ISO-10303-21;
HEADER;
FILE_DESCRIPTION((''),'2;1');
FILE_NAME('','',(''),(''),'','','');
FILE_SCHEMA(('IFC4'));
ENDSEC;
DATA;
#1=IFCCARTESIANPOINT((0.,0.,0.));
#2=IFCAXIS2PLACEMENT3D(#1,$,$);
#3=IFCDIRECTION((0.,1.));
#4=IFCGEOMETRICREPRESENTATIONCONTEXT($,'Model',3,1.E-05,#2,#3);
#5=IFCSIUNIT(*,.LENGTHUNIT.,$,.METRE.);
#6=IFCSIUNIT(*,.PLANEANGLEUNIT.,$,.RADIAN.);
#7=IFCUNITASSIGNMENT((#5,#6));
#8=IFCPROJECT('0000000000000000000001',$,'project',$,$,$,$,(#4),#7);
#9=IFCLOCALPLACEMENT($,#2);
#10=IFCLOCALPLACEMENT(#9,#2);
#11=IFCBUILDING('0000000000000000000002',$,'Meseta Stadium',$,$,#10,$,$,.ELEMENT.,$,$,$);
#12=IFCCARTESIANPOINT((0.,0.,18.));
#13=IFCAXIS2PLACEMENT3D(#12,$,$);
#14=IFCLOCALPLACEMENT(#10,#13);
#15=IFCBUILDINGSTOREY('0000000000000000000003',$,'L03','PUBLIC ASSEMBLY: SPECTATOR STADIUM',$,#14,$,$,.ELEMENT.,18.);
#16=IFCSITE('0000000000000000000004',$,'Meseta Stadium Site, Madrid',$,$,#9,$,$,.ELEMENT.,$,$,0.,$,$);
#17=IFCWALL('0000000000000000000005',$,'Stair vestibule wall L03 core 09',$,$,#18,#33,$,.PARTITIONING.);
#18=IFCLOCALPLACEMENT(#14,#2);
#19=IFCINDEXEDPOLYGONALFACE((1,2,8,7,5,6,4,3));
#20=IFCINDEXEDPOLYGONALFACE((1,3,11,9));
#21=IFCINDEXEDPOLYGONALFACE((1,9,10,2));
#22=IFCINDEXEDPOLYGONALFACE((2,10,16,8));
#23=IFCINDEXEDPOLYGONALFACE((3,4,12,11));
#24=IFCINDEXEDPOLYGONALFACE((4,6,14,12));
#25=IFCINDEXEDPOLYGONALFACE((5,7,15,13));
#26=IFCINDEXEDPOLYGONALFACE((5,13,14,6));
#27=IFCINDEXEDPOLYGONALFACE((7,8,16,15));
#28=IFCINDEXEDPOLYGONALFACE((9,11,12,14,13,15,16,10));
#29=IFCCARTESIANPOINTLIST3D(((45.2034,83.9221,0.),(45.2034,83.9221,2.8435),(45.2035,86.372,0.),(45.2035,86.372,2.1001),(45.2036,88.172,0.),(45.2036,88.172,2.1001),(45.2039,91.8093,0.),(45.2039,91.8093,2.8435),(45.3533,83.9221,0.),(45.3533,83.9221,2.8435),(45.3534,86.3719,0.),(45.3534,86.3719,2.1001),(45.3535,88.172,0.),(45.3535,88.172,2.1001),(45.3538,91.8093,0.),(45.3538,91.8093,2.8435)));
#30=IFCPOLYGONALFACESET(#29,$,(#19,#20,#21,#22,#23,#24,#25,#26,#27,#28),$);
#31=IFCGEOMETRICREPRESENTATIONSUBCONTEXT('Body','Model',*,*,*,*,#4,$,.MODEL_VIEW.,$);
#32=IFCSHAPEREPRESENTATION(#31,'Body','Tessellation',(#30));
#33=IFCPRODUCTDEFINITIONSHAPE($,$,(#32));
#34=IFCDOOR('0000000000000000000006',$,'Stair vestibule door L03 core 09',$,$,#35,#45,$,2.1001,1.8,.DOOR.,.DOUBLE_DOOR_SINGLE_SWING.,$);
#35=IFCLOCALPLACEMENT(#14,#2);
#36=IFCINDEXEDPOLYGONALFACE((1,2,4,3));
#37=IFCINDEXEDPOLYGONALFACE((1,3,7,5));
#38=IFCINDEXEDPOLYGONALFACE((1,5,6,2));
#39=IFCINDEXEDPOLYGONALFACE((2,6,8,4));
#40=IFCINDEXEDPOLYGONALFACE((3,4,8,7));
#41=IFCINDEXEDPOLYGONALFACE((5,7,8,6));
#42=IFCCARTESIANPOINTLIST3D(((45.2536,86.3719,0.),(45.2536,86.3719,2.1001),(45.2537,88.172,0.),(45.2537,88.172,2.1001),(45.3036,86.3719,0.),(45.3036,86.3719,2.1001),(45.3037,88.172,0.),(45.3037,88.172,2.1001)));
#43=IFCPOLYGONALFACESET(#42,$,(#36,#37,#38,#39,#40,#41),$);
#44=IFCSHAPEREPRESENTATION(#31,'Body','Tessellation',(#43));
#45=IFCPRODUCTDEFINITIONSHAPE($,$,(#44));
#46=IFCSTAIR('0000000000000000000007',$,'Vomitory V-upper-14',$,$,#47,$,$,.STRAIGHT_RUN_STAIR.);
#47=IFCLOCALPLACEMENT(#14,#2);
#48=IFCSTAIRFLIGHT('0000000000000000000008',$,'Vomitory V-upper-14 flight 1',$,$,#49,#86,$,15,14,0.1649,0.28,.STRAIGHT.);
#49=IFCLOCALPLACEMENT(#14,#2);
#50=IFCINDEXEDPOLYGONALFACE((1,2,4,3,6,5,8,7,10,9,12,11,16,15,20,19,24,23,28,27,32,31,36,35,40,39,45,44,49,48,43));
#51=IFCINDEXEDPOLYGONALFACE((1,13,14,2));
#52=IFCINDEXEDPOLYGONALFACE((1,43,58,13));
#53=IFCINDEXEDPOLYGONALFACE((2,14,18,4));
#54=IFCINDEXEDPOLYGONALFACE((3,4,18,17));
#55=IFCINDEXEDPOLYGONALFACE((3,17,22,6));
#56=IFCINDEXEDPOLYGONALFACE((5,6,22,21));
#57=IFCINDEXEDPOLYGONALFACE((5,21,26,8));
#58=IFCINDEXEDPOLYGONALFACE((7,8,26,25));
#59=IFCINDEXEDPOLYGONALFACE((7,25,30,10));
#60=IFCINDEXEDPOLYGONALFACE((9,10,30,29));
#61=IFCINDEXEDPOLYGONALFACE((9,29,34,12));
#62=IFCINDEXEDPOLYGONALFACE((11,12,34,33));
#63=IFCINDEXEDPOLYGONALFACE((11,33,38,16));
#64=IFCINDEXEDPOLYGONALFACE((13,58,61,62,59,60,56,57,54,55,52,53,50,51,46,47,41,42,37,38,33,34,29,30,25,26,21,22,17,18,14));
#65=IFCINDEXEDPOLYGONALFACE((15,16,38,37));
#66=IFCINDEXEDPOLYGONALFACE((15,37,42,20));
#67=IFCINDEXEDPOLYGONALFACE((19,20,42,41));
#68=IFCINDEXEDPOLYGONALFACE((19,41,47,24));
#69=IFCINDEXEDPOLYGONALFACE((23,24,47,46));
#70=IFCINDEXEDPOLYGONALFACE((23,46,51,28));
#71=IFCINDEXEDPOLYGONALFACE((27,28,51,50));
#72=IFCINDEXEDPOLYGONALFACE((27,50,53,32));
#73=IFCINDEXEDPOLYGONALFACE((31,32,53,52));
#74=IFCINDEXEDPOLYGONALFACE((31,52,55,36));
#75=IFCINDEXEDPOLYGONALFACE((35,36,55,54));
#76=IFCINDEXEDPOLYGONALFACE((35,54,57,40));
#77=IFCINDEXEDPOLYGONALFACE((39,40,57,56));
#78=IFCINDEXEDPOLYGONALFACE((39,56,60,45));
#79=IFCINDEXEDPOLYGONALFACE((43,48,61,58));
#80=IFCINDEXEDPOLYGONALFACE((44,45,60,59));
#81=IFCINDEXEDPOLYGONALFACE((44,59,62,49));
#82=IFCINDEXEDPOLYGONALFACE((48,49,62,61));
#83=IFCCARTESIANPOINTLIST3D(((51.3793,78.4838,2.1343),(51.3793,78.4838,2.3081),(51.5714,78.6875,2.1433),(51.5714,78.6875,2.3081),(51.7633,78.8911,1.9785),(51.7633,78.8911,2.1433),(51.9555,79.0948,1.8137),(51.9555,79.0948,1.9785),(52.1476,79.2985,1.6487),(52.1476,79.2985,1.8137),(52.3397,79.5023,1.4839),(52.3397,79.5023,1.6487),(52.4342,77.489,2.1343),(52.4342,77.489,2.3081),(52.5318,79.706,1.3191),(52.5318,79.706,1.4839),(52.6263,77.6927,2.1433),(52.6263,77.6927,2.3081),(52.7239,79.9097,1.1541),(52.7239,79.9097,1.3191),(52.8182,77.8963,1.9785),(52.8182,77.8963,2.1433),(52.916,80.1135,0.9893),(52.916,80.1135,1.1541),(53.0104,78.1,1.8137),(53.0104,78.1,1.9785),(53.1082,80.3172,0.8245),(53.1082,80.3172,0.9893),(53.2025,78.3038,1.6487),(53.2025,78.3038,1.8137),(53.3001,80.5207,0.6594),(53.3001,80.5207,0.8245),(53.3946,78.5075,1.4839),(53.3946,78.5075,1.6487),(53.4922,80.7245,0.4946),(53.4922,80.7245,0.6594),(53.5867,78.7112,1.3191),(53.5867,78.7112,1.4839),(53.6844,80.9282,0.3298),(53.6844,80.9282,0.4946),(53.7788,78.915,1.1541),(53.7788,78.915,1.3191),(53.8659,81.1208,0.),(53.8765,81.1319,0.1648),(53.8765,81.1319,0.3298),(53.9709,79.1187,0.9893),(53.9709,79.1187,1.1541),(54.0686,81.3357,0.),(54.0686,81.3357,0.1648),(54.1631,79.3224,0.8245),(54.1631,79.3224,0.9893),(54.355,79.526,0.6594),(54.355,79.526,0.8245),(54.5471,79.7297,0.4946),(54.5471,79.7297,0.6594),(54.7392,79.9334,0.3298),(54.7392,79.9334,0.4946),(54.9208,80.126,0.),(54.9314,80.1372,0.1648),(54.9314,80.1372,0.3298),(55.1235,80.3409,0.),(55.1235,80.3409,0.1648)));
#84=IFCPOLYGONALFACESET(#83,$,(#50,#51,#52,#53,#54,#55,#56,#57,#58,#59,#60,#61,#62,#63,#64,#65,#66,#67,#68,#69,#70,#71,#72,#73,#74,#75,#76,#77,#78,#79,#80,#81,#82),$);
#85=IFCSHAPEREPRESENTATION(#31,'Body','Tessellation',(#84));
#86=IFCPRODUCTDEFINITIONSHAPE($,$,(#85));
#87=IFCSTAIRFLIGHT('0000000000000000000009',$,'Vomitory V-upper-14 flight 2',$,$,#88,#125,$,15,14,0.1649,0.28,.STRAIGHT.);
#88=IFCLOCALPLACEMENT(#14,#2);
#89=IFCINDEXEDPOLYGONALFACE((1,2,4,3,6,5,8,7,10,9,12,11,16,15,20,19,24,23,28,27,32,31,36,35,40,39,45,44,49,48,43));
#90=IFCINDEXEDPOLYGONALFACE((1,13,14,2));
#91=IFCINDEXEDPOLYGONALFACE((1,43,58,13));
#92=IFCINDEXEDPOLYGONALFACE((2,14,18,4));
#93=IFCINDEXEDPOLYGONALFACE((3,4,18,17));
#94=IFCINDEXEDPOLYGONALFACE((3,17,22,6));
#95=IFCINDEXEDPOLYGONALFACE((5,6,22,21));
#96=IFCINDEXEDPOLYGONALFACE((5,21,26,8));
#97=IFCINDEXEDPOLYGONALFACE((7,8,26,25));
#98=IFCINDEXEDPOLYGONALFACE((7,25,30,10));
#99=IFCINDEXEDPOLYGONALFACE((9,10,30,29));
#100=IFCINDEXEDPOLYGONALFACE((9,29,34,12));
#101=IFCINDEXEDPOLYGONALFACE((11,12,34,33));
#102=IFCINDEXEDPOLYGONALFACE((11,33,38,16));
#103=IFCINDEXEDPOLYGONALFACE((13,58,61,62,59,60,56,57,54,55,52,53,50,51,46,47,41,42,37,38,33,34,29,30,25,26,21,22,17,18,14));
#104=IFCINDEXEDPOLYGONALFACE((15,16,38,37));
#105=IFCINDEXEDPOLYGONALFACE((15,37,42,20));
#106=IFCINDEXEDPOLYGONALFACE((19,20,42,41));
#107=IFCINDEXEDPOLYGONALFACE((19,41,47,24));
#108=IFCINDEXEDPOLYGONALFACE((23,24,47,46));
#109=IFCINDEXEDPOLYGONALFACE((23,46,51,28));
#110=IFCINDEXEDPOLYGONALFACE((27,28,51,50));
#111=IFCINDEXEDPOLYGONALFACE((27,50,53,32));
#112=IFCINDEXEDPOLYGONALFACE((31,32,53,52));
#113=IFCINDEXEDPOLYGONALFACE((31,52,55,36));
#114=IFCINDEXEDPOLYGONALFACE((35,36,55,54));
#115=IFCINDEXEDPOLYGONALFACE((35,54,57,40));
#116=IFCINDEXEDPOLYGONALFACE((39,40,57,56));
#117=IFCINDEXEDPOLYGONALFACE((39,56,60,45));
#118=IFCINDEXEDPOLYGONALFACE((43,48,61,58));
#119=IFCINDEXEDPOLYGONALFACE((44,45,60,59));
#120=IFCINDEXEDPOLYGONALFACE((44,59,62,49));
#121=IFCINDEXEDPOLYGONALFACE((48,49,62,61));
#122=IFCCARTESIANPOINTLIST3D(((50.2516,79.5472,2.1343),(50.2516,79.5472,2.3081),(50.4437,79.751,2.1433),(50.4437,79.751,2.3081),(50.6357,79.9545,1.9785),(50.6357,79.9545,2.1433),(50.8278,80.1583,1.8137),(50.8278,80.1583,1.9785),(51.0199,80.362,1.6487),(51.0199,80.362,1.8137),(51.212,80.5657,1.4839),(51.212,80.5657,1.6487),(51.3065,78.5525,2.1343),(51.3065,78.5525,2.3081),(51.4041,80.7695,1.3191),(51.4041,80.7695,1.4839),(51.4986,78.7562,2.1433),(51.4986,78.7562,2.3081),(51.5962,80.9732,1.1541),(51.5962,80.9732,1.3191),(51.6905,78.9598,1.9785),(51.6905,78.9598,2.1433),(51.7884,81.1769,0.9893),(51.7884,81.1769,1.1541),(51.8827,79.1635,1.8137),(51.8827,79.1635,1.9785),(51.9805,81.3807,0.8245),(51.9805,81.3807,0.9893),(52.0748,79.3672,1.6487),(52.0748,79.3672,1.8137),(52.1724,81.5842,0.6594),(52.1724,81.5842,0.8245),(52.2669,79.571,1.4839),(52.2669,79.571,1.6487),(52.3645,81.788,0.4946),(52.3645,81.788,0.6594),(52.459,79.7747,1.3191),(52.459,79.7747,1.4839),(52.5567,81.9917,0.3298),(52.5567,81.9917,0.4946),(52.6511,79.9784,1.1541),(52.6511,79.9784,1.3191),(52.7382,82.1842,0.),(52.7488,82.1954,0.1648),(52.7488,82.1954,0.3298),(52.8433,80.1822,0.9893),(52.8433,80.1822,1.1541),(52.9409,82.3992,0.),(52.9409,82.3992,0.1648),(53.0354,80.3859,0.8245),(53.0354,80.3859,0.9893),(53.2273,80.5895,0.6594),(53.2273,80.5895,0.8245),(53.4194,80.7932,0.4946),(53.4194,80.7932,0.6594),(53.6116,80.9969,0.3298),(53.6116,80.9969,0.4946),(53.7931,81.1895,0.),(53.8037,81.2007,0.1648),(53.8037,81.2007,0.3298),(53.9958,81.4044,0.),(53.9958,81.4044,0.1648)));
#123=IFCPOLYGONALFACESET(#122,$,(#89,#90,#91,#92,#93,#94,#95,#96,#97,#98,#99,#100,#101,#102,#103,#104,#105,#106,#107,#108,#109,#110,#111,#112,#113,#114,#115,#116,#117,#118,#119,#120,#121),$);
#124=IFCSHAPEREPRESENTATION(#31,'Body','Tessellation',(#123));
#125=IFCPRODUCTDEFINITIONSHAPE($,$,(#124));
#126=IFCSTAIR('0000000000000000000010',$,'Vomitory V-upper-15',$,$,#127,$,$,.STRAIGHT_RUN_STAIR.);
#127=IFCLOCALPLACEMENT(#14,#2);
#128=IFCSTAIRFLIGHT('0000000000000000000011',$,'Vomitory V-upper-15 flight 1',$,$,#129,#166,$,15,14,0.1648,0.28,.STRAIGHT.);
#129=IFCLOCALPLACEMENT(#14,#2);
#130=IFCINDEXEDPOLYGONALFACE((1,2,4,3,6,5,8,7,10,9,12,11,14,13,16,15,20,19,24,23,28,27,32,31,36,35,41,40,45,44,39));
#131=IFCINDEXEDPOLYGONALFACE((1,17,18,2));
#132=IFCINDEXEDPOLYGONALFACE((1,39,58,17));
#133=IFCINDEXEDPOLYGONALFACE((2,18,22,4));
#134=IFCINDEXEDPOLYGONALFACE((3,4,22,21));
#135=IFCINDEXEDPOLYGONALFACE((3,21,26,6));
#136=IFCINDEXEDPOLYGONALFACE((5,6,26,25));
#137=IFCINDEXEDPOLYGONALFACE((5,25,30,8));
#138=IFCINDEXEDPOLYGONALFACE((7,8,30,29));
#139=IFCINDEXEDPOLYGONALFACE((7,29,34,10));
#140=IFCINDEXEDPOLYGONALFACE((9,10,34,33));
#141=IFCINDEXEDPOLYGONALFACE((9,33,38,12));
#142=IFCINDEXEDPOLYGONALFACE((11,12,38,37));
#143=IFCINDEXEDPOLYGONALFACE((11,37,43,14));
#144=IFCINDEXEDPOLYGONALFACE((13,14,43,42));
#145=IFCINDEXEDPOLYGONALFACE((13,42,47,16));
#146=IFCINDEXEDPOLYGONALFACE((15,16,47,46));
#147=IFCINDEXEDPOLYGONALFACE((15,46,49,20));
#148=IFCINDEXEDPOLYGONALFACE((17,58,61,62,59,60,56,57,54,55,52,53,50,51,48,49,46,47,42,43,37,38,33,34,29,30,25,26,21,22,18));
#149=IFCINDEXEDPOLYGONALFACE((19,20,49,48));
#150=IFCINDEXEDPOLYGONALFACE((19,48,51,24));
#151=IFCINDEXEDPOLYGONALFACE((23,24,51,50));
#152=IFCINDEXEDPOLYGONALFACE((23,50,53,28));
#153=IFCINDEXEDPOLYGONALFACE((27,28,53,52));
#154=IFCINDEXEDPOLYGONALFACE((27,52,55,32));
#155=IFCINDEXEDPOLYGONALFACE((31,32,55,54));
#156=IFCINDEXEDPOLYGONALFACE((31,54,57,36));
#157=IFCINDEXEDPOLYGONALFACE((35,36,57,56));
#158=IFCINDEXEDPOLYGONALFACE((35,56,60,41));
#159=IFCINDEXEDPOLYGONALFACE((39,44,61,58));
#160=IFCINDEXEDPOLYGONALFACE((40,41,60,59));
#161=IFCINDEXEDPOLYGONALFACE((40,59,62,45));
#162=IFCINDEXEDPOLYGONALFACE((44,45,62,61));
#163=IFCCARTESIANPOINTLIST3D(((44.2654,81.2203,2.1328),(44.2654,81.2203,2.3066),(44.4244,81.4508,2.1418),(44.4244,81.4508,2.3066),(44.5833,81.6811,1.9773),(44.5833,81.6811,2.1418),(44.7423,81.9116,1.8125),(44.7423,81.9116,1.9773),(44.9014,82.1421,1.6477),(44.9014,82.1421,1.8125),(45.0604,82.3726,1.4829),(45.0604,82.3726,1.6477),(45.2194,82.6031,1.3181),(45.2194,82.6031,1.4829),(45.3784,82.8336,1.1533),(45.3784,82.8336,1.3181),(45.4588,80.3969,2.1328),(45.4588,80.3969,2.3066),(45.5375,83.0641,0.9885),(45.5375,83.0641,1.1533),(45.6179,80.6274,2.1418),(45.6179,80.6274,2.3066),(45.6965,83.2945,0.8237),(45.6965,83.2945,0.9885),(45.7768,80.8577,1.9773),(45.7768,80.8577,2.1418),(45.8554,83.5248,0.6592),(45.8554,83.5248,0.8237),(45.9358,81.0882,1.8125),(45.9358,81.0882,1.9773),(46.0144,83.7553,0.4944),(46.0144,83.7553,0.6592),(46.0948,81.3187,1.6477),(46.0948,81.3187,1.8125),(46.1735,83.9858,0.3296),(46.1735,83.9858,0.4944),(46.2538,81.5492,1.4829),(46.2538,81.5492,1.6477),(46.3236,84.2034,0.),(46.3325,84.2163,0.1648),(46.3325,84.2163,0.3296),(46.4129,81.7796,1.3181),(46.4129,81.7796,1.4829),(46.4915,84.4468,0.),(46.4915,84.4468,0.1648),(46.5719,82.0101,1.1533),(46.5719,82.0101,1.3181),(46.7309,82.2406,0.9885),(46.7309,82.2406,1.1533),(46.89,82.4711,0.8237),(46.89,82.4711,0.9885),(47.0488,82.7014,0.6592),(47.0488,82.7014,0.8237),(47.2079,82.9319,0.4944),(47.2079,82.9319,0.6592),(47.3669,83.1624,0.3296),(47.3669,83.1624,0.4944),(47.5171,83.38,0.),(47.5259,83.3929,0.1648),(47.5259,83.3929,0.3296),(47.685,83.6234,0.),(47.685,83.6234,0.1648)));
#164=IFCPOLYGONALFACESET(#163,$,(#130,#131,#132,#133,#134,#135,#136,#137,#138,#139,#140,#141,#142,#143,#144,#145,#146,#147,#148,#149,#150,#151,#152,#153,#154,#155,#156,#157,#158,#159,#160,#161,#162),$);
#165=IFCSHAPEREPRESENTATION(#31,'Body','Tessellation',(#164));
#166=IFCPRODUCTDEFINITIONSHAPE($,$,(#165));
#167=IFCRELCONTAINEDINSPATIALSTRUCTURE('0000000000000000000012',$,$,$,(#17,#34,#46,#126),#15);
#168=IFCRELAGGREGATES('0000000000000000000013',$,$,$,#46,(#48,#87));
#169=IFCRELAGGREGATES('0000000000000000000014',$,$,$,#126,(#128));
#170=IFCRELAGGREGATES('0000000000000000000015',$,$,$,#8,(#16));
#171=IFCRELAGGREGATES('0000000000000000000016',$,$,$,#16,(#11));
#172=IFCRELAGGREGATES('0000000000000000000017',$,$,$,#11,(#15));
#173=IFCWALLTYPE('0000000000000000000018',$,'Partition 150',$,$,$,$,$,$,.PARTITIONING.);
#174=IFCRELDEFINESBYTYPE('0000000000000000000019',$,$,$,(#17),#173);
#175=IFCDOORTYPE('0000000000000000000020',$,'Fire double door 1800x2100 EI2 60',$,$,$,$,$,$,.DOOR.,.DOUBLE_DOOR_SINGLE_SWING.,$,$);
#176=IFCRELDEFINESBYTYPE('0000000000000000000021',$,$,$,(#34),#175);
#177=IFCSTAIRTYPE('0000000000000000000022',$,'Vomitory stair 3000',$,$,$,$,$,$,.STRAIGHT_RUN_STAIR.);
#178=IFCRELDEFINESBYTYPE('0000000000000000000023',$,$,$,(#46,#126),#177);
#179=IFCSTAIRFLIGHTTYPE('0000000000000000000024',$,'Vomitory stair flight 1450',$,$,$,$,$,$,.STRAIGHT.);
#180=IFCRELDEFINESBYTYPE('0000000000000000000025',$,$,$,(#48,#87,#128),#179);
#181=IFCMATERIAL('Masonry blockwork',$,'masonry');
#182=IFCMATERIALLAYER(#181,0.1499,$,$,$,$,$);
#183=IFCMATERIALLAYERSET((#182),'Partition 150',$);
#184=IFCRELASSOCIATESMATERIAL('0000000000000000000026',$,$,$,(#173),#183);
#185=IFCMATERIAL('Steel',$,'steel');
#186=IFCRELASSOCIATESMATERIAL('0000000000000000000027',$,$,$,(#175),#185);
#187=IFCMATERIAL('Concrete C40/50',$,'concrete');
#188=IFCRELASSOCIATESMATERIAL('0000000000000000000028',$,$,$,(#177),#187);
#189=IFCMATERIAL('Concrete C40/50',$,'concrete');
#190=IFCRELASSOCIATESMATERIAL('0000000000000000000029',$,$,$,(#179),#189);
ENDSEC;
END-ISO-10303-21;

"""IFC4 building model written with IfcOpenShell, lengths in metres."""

from ifc_helpers import new_model, si_unit, direction, frame, frame_2d, origin, place, context, subcontext, project, spatial, polyline, rectangle, outline, extrude, material, layer, layer_set, type_object, element, fill, aggregate, save


model = new_model("IFC4")

# Units and contexts
model_context = context("Model", 3, precision=1e-05, world=origin(), true_north=direction((0.0, 1.0)))
body_context = subcontext(model_context, "Body", "Model", "MODEL_VIEW")
ifc_project = project(units=[si_unit("LENGTHUNIT", "METRE"), si_unit("PLANEANGLEUNIT", "RADIAN")], contexts=[model_context])

# Site, building, storey
site_placement = place(None, origin())
site = spatial("IfcSite", under=ifc_project, at=site_placement, Name="Meseta Stadium Site, Madrid", CompositionType="ELEMENT", RefElevation=0.0)
building_placement = place(site_placement, origin())
building = spatial("IfcBuilding", under=site, at=building_placement, Name="Meseta Stadium", CompositionType="ELEMENT")
storey_placement = place(building_placement, frame((0.0, 0.0, 18.0)))
storey = spatial("IfcBuildingStorey", under=building, at=storey_placement, Name="L03", Description="PUBLIC ASSEMBLY: SPECTATOR STADIUM", CompositionType="ELEMENT", Elevation=18.0)

# Shared definitions
ifc_material_1 = material(Name="Masonry blockwork", Category="masonry")
ifc_layer_1 = layer(ifc_material_1, 0.1499)
ifc_layer_set_1 = layer_set([ifc_layer_1], Name="Partition 150")
wall_type = type_object("IfcWallType", Name="Partition 150", PredefinedType="PARTITIONING", material=ifc_layer_set_1)
ifc_material_2 = material(Name="Steel", Category="steel")
door_type = type_object("IfcDoorType", Name="Fire double door 1800x2100 EI2 60", OperationType="DOUBLE_DOOR_SINGLE_SWING", PredefinedType="DOOR", material=ifc_material_2)

# Wall, opening, door
wall_1_placement = place(storey_placement, frame((45.2783, 83.9221, 0.0), z_axis=(0.0, 0.0, 1.0), x_axis=(0.000062, 1.0, 0.0)))
wall_1 = element("IfcWall", 1, at=wall_1_placement, inside=storey, type_object=wall_type, Name="Stair vestibule wall L03 core 09", PredefinedType="PARTITIONING", context=body_context, shape_type="SweptSolid", body=[
    extrude(rectangle(XDim=7.8872, YDim=0.1499, at=frame_2d((3.9436, 0.0))), origin(), (0.0, 0.0, 1.0), 2.8435),
])
opening_1_placement = place(wall_1_placement, frame((2.45, 0.0, 0.0)))
opening_1 = element("IfcOpeningElement", 2, at=opening_1_placement, cuts=wall_1, PredefinedType="OPENING", context=body_context, shape_type="SweptSolid", body=[
    extrude(rectangle(XDim=1.8, YDim=2.1001, at=frame_2d((0.8999, 1.05))), frame((0.0, 0.085, 0.0), z_axis=(0.0, -1.0, 0.0), x_axis=(1.0, 0.0, 0.0)), (0.0, 0.0, 1.0), 0.1699),
])
door_1_placement = place(opening_1_placement, origin())
door_1 = element("IfcDoor", 3, at=door_1_placement, inside=storey, type_object=door_type, Name="Stair vestibule door L03 core 09", OperationType="DOUBLE_DOOR_SINGLE_SWING", OverallHeight=2.1001, OverallWidth=1.8, PredefinedType="DOOR", context=body_context, shape_type="SweptSolid", body=[
    extrude(rectangle(XDim=1.8, YDim=2.1001, at=frame_2d((0.8999, 1.05))), frame((0.0, 0.0249, 0.0), z_axis=(0.0, -1.0, 0.0), x_axis=(1.0, 0.0, 0.0)), (0.0, 0.0, 1.0), 0.05),
])
fill(opening_1, door_1)

# Stairs, stair flights
ifc_material_3 = material(Name="Concrete C40/50", Category="concrete")
stair_type = type_object("IfcStairType", Name="Vomitory stair 3000", PredefinedType="STRAIGHT_RUN_STAIR", material=ifc_material_3)
stair_1_placement = place(storey_placement, origin())
stair_1 = element("IfcStair", 4, at=stair_1_placement, inside=storey, type_object=stair_type, Name="Vomitory V-upper-14", PredefinedType="STRAIGHT_RUN_STAIR")
ifc_material_4 = material(Name="Concrete C40/50", Category="concrete")
stair_flight_type = type_object("IfcStairFlightType", Name="Vomitory stair flight 1450", PredefinedType="STRAIGHT", material=ifc_material_4)
stair_flight_1_placement = place(storey_placement, frame((54.5959, 80.8384, 0.0), z_axis=(0.0, 0.0, 1.0), x_axis=(-0.686065, -0.727541, 0.0)))
stair_flight_1 = element("IfcStairFlight", 5, at=stair_flight_1_placement, type_object=stair_flight_type, Name="Vomitory V-upper-14 flight 1", NumberOfRisers=15, NumberOfTreads=14, PredefinedType="STRAIGHT", RiserHeight=0.1649, TreadLength=0.28, context=body_context, shape_type="SweptSolid", body=[
    extrude(outline(polyline([(0.0, 0.0), (0.0, 0.1648), (0.28, 0.1648), (0.28, 0.3298), (0.5601, 0.3298), (0.5601, 0.4946), (0.8401, 0.4946), (0.8401, 0.6594), (1.1201, 0.6594), (1.1201, 0.8245), (1.3999, 0.8245), (1.3999, 0.9893), (1.6799, 0.9893), (1.6799, 1.1541), (1.96, 1.1541), (1.96, 1.3191), (2.24, 1.3191), (2.24, 1.4839), (2.52, 1.4839), (2.52, 1.6487), (2.8, 1.6487), (2.8, 1.8137), (3.0801, 1.8137), (3.0801, 1.9785), (3.3601, 1.9785), (3.3601, 2.1433), (3.6399, 2.1433), (3.6399, 2.3081), (3.9199, 2.3081), (3.9199, 2.1343), (0.2954, 0.0), (0.0, 0.0)])), frame((0.0, 0.7251, 0.0), z_axis=(0.0, -1.0, 0.0), x_axis=(1.0, 0.0, 0.0)), (0.0, 0.0, 1.0), 1.45),
])
stair_flight_2_placement = place(storey_placement, frame((53.4683, 81.9019, 0.0), z_axis=(0.0, 0.0, 1.0), x_axis=(-0.686065, -0.727541, 0.0)))
stair_flight_2 = element("IfcStairFlight", 6, at=stair_flight_2_placement, type_object=stair_flight_type, Name="Vomitory V-upper-14 flight 2", NumberOfRisers=15, NumberOfTreads=14, PredefinedType="STRAIGHT", RiserHeight=0.1649, TreadLength=0.28, context=body_context, shape_type="SweptSolid", body=[
    extrude(outline(polyline([(0.0, 0.0), (0.0, 0.1648), (0.28, 0.1648), (0.28, 0.3298), (0.5601, 0.3298), (0.5601, 0.4946), (0.8401, 0.4946), (0.8401, 0.6594), (1.1201, 0.6594), (1.1201, 0.8245), (1.3999, 0.8245), (1.3999, 0.9893), (1.6799, 0.9893), (1.6799, 1.1541), (1.96, 1.1541), (1.96, 1.3191), (2.24, 1.3191), (2.24, 1.4839), (2.52, 1.4839), (2.52, 1.6487), (2.8, 1.6487), (2.8, 1.8137), (3.0801, 1.8137), (3.0801, 1.9785), (3.3601, 1.9785), (3.3601, 2.1433), (3.6399, 2.1433), (3.6399, 2.3081), (3.9199, 2.3081), (3.9199, 2.1343), (0.2954, 0.0), (0.0, 0.0)])), frame((0.0, 0.7251, 0.0), z_axis=(0.0, -1.0, 0.0), x_axis=(1.0, 0.0, 0.0)), (0.0, 0.0, 1.0), 1.45),
])
aggregate(stair_1, [stair_flight_1, stair_flight_2])
stair_2_placement = place(storey_placement, origin())
stair_2 = element("IfcStair", 7, at=stair_2_placement, inside=storey, type_object=stair_type, Name="Vomitory V-upper-15", PredefinedType="STRAIGHT_RUN_STAIR")
stair_flight_3_placement = place(storey_placement, frame((47.0881, 84.0352, 0.0), z_axis=(0.0, 0.0, 1.0), x_axis=(-0.5679, -0.823098, 0.0)))
stair_flight_3 = element("IfcStairFlight", 8, at=stair_flight_3_placement, type_object=stair_flight_type, Name="Vomitory V-upper-15 flight 1", NumberOfRisers=15, NumberOfTreads=14, PredefinedType="STRAIGHT", RiserHeight=0.1648, TreadLength=0.28, context=body_context, shape_type="SweptSolid", body=[
    extrude(outline(polyline([(0.0, 0.0), (0.0, 0.1648), (0.28, 0.1648), (0.28, 0.3296), (0.5601, 0.3296), (0.5601, 0.4944), (0.8401, 0.4944), (0.8401, 0.6592), (1.1201, 0.6592), (1.1201, 0.8237), (1.3999, 0.8237), (1.3999, 0.9885), (1.6799, 0.9885), (1.6799, 1.1533), (1.96, 1.1533), (1.96, 1.3181), (2.24, 1.3181), (2.24, 1.4829), (2.52, 1.4829), (2.52, 1.6477), (2.8, 1.6477), (2.8, 1.8125), (3.0801, 1.8125), (3.0801, 1.9773), (3.3601, 1.9773), (3.3601, 2.1418), (3.6399, 2.1418), (3.6399, 2.3066), (3.9199, 2.3066), (3.9199, 2.1328), (0.2957, 0.0), (0.0, 0.0)])), frame((0.0, 0.7251, 0.0), z_axis=(0.0, -1.0, 0.0), x_axis=(1.0, 0.0, 0.0)), (0.0, 0.0, 1.0), 1.45),
])
aggregate(stair_2, [stair_flight_3])

save(model, "model.ifc")
